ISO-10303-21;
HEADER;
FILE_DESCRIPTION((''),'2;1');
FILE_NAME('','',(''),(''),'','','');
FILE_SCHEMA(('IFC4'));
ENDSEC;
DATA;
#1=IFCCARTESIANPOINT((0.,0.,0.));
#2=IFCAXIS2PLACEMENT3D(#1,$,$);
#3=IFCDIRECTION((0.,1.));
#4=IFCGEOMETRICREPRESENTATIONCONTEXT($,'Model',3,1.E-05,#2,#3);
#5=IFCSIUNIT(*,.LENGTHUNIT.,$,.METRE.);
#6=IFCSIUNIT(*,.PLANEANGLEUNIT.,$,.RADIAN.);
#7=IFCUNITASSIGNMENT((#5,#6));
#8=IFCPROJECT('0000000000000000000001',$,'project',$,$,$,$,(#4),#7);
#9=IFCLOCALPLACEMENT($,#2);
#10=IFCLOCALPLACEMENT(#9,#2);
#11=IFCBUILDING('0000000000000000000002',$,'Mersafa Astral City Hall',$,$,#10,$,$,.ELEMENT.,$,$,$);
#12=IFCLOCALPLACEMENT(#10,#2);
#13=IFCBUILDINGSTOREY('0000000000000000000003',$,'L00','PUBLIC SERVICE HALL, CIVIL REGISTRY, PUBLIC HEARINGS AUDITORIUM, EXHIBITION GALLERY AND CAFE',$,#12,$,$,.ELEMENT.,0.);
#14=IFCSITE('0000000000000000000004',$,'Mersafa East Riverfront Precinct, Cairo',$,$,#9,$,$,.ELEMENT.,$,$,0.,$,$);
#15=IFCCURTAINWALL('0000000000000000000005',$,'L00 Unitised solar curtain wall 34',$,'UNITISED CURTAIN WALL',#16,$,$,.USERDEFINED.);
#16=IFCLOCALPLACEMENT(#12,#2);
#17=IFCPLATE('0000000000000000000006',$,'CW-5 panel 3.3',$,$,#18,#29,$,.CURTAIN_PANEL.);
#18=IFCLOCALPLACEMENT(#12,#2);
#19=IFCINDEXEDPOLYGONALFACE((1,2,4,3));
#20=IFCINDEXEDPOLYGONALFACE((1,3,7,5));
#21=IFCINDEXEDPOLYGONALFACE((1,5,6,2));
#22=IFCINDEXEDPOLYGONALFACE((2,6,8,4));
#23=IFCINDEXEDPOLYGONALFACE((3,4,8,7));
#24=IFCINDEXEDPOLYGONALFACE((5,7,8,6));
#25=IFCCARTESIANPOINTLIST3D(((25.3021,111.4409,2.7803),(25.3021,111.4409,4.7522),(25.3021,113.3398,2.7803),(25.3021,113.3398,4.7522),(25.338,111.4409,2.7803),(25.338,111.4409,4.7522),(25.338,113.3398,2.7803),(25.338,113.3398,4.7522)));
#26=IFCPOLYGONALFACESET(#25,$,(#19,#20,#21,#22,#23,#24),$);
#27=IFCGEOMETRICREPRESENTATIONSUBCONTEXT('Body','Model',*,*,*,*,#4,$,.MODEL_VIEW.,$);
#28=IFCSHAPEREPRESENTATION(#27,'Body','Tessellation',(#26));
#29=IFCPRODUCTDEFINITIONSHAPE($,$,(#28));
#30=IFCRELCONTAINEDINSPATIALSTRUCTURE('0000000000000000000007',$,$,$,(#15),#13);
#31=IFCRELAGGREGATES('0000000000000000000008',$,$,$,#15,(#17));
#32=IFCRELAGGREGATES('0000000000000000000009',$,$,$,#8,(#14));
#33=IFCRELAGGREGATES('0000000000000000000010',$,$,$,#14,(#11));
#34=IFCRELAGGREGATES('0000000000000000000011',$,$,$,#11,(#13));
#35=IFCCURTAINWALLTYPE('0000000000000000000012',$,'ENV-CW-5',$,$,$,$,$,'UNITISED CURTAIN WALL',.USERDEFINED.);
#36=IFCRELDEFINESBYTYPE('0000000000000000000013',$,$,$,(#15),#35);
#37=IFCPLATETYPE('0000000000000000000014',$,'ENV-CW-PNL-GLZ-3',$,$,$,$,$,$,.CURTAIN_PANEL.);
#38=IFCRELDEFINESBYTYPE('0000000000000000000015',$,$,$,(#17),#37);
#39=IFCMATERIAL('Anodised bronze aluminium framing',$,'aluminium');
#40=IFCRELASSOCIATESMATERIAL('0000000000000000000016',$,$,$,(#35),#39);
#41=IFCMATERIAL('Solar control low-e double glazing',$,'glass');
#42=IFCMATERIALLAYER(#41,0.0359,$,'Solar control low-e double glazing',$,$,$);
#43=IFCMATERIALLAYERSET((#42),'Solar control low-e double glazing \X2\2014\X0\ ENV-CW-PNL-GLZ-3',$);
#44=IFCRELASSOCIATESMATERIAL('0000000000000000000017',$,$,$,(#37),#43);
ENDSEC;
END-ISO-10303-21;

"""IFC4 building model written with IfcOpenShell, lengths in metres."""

from ifc_helpers import new_model, si_unit, direction, frame, origin, origin_2d, place, context, subcontext, project, spatial, rectangle, extrude, material, layer, layer_set, type_object, element, aggregate, save


model = new_model("IFC4")

# Units and contexts
model_context = context("Model", 3, precision=1e-05, world=origin(), true_north=direction((0.0, 1.0)))
body_context = subcontext(model_context, "Body", "Model", "MODEL_VIEW")
ifc_project = project(units=[si_unit("LENGTHUNIT", "METRE"), si_unit("PLANEANGLEUNIT", "RADIAN")], contexts=[model_context])

# Site, building, storey
site_placement = place(None, origin())
site = spatial("IfcSite", under=ifc_project, at=site_placement, Name="Mersafa East Riverfront Precinct, Cairo", CompositionType="ELEMENT", RefElevation=0.0)
building_placement = place(site_placement, origin())
building = spatial("IfcBuilding", under=site, at=building_placement, Name="Mersafa Astral City Hall", CompositionType="ELEMENT")
storey_placement = place(building_placement, origin())
storey = spatial("IfcBuildingStorey", under=building, at=storey_placement, Name="L00", Description="PUBLIC SERVICE HALL, CIVIL REGISTRY, PUBLIC HEARINGS AUDITORIUM, EXHIBITION GALLERY AND CAFE", CompositionType="ELEMENT", Elevation=0.0)

# Curtain wall
ifc_material_1 = material(Name="Anodised bronze aluminium framing", Category="aluminium")
curtain_wall_type = type_object("IfcCurtainWallType", Name="ENV-CW-5", ElementType="UNITISED CURTAIN WALL", PredefinedType="USERDEFINED", material=ifc_material_1)
curtain_wall_placement = place(storey_placement, origin())
curtain_wall = element("IfcCurtainWall", 1, at=curtain_wall_placement, inside=storey, type_object=curtain_wall_type, Name="L00 Unitised solar curtain wall 34", ObjectType="UNITISED CURTAIN WALL", PredefinedType="USERDEFINED")

# Plate
ifc_material_2 = material(Name="Solar control low-e double glazing", Category="glass")
ifc_layer = layer(ifc_material_2, 0.0359, Name="Solar control low-e double glazing")
ifc_layer_set = layer_set([ifc_layer], Name="Solar control low-e double glazing — ENV-CW-PNL-GLZ-3")
plate_type = type_object("IfcPlateType", Name="ENV-CW-PNL-GLZ-3", PredefinedType="CURTAIN_PANEL", material=ifc_layer_set)
plate_1_placement = place(storey_placement, frame((25.3201, 112.3904, 2.7803), z_axis=(0.0, 0.0, 1.0), x_axis=(0.0, -1.0, 0.0)))
plate_1 = element("IfcPlate", 2, at=plate_1_placement, type_object=plate_type, Name="CW-5 panel 3.3", PredefinedType="CURTAIN_PANEL", context=body_context, shape_type="SweptSolid", body=[
    extrude(rectangle(XDim=1.8989, YDim=0.0359, at=origin_2d()), origin(), (0.0, 0.0, 1.0), 1.9719),
])
aggregate(curtain_wall, [plate_1])

save(model, "model.ifc")
